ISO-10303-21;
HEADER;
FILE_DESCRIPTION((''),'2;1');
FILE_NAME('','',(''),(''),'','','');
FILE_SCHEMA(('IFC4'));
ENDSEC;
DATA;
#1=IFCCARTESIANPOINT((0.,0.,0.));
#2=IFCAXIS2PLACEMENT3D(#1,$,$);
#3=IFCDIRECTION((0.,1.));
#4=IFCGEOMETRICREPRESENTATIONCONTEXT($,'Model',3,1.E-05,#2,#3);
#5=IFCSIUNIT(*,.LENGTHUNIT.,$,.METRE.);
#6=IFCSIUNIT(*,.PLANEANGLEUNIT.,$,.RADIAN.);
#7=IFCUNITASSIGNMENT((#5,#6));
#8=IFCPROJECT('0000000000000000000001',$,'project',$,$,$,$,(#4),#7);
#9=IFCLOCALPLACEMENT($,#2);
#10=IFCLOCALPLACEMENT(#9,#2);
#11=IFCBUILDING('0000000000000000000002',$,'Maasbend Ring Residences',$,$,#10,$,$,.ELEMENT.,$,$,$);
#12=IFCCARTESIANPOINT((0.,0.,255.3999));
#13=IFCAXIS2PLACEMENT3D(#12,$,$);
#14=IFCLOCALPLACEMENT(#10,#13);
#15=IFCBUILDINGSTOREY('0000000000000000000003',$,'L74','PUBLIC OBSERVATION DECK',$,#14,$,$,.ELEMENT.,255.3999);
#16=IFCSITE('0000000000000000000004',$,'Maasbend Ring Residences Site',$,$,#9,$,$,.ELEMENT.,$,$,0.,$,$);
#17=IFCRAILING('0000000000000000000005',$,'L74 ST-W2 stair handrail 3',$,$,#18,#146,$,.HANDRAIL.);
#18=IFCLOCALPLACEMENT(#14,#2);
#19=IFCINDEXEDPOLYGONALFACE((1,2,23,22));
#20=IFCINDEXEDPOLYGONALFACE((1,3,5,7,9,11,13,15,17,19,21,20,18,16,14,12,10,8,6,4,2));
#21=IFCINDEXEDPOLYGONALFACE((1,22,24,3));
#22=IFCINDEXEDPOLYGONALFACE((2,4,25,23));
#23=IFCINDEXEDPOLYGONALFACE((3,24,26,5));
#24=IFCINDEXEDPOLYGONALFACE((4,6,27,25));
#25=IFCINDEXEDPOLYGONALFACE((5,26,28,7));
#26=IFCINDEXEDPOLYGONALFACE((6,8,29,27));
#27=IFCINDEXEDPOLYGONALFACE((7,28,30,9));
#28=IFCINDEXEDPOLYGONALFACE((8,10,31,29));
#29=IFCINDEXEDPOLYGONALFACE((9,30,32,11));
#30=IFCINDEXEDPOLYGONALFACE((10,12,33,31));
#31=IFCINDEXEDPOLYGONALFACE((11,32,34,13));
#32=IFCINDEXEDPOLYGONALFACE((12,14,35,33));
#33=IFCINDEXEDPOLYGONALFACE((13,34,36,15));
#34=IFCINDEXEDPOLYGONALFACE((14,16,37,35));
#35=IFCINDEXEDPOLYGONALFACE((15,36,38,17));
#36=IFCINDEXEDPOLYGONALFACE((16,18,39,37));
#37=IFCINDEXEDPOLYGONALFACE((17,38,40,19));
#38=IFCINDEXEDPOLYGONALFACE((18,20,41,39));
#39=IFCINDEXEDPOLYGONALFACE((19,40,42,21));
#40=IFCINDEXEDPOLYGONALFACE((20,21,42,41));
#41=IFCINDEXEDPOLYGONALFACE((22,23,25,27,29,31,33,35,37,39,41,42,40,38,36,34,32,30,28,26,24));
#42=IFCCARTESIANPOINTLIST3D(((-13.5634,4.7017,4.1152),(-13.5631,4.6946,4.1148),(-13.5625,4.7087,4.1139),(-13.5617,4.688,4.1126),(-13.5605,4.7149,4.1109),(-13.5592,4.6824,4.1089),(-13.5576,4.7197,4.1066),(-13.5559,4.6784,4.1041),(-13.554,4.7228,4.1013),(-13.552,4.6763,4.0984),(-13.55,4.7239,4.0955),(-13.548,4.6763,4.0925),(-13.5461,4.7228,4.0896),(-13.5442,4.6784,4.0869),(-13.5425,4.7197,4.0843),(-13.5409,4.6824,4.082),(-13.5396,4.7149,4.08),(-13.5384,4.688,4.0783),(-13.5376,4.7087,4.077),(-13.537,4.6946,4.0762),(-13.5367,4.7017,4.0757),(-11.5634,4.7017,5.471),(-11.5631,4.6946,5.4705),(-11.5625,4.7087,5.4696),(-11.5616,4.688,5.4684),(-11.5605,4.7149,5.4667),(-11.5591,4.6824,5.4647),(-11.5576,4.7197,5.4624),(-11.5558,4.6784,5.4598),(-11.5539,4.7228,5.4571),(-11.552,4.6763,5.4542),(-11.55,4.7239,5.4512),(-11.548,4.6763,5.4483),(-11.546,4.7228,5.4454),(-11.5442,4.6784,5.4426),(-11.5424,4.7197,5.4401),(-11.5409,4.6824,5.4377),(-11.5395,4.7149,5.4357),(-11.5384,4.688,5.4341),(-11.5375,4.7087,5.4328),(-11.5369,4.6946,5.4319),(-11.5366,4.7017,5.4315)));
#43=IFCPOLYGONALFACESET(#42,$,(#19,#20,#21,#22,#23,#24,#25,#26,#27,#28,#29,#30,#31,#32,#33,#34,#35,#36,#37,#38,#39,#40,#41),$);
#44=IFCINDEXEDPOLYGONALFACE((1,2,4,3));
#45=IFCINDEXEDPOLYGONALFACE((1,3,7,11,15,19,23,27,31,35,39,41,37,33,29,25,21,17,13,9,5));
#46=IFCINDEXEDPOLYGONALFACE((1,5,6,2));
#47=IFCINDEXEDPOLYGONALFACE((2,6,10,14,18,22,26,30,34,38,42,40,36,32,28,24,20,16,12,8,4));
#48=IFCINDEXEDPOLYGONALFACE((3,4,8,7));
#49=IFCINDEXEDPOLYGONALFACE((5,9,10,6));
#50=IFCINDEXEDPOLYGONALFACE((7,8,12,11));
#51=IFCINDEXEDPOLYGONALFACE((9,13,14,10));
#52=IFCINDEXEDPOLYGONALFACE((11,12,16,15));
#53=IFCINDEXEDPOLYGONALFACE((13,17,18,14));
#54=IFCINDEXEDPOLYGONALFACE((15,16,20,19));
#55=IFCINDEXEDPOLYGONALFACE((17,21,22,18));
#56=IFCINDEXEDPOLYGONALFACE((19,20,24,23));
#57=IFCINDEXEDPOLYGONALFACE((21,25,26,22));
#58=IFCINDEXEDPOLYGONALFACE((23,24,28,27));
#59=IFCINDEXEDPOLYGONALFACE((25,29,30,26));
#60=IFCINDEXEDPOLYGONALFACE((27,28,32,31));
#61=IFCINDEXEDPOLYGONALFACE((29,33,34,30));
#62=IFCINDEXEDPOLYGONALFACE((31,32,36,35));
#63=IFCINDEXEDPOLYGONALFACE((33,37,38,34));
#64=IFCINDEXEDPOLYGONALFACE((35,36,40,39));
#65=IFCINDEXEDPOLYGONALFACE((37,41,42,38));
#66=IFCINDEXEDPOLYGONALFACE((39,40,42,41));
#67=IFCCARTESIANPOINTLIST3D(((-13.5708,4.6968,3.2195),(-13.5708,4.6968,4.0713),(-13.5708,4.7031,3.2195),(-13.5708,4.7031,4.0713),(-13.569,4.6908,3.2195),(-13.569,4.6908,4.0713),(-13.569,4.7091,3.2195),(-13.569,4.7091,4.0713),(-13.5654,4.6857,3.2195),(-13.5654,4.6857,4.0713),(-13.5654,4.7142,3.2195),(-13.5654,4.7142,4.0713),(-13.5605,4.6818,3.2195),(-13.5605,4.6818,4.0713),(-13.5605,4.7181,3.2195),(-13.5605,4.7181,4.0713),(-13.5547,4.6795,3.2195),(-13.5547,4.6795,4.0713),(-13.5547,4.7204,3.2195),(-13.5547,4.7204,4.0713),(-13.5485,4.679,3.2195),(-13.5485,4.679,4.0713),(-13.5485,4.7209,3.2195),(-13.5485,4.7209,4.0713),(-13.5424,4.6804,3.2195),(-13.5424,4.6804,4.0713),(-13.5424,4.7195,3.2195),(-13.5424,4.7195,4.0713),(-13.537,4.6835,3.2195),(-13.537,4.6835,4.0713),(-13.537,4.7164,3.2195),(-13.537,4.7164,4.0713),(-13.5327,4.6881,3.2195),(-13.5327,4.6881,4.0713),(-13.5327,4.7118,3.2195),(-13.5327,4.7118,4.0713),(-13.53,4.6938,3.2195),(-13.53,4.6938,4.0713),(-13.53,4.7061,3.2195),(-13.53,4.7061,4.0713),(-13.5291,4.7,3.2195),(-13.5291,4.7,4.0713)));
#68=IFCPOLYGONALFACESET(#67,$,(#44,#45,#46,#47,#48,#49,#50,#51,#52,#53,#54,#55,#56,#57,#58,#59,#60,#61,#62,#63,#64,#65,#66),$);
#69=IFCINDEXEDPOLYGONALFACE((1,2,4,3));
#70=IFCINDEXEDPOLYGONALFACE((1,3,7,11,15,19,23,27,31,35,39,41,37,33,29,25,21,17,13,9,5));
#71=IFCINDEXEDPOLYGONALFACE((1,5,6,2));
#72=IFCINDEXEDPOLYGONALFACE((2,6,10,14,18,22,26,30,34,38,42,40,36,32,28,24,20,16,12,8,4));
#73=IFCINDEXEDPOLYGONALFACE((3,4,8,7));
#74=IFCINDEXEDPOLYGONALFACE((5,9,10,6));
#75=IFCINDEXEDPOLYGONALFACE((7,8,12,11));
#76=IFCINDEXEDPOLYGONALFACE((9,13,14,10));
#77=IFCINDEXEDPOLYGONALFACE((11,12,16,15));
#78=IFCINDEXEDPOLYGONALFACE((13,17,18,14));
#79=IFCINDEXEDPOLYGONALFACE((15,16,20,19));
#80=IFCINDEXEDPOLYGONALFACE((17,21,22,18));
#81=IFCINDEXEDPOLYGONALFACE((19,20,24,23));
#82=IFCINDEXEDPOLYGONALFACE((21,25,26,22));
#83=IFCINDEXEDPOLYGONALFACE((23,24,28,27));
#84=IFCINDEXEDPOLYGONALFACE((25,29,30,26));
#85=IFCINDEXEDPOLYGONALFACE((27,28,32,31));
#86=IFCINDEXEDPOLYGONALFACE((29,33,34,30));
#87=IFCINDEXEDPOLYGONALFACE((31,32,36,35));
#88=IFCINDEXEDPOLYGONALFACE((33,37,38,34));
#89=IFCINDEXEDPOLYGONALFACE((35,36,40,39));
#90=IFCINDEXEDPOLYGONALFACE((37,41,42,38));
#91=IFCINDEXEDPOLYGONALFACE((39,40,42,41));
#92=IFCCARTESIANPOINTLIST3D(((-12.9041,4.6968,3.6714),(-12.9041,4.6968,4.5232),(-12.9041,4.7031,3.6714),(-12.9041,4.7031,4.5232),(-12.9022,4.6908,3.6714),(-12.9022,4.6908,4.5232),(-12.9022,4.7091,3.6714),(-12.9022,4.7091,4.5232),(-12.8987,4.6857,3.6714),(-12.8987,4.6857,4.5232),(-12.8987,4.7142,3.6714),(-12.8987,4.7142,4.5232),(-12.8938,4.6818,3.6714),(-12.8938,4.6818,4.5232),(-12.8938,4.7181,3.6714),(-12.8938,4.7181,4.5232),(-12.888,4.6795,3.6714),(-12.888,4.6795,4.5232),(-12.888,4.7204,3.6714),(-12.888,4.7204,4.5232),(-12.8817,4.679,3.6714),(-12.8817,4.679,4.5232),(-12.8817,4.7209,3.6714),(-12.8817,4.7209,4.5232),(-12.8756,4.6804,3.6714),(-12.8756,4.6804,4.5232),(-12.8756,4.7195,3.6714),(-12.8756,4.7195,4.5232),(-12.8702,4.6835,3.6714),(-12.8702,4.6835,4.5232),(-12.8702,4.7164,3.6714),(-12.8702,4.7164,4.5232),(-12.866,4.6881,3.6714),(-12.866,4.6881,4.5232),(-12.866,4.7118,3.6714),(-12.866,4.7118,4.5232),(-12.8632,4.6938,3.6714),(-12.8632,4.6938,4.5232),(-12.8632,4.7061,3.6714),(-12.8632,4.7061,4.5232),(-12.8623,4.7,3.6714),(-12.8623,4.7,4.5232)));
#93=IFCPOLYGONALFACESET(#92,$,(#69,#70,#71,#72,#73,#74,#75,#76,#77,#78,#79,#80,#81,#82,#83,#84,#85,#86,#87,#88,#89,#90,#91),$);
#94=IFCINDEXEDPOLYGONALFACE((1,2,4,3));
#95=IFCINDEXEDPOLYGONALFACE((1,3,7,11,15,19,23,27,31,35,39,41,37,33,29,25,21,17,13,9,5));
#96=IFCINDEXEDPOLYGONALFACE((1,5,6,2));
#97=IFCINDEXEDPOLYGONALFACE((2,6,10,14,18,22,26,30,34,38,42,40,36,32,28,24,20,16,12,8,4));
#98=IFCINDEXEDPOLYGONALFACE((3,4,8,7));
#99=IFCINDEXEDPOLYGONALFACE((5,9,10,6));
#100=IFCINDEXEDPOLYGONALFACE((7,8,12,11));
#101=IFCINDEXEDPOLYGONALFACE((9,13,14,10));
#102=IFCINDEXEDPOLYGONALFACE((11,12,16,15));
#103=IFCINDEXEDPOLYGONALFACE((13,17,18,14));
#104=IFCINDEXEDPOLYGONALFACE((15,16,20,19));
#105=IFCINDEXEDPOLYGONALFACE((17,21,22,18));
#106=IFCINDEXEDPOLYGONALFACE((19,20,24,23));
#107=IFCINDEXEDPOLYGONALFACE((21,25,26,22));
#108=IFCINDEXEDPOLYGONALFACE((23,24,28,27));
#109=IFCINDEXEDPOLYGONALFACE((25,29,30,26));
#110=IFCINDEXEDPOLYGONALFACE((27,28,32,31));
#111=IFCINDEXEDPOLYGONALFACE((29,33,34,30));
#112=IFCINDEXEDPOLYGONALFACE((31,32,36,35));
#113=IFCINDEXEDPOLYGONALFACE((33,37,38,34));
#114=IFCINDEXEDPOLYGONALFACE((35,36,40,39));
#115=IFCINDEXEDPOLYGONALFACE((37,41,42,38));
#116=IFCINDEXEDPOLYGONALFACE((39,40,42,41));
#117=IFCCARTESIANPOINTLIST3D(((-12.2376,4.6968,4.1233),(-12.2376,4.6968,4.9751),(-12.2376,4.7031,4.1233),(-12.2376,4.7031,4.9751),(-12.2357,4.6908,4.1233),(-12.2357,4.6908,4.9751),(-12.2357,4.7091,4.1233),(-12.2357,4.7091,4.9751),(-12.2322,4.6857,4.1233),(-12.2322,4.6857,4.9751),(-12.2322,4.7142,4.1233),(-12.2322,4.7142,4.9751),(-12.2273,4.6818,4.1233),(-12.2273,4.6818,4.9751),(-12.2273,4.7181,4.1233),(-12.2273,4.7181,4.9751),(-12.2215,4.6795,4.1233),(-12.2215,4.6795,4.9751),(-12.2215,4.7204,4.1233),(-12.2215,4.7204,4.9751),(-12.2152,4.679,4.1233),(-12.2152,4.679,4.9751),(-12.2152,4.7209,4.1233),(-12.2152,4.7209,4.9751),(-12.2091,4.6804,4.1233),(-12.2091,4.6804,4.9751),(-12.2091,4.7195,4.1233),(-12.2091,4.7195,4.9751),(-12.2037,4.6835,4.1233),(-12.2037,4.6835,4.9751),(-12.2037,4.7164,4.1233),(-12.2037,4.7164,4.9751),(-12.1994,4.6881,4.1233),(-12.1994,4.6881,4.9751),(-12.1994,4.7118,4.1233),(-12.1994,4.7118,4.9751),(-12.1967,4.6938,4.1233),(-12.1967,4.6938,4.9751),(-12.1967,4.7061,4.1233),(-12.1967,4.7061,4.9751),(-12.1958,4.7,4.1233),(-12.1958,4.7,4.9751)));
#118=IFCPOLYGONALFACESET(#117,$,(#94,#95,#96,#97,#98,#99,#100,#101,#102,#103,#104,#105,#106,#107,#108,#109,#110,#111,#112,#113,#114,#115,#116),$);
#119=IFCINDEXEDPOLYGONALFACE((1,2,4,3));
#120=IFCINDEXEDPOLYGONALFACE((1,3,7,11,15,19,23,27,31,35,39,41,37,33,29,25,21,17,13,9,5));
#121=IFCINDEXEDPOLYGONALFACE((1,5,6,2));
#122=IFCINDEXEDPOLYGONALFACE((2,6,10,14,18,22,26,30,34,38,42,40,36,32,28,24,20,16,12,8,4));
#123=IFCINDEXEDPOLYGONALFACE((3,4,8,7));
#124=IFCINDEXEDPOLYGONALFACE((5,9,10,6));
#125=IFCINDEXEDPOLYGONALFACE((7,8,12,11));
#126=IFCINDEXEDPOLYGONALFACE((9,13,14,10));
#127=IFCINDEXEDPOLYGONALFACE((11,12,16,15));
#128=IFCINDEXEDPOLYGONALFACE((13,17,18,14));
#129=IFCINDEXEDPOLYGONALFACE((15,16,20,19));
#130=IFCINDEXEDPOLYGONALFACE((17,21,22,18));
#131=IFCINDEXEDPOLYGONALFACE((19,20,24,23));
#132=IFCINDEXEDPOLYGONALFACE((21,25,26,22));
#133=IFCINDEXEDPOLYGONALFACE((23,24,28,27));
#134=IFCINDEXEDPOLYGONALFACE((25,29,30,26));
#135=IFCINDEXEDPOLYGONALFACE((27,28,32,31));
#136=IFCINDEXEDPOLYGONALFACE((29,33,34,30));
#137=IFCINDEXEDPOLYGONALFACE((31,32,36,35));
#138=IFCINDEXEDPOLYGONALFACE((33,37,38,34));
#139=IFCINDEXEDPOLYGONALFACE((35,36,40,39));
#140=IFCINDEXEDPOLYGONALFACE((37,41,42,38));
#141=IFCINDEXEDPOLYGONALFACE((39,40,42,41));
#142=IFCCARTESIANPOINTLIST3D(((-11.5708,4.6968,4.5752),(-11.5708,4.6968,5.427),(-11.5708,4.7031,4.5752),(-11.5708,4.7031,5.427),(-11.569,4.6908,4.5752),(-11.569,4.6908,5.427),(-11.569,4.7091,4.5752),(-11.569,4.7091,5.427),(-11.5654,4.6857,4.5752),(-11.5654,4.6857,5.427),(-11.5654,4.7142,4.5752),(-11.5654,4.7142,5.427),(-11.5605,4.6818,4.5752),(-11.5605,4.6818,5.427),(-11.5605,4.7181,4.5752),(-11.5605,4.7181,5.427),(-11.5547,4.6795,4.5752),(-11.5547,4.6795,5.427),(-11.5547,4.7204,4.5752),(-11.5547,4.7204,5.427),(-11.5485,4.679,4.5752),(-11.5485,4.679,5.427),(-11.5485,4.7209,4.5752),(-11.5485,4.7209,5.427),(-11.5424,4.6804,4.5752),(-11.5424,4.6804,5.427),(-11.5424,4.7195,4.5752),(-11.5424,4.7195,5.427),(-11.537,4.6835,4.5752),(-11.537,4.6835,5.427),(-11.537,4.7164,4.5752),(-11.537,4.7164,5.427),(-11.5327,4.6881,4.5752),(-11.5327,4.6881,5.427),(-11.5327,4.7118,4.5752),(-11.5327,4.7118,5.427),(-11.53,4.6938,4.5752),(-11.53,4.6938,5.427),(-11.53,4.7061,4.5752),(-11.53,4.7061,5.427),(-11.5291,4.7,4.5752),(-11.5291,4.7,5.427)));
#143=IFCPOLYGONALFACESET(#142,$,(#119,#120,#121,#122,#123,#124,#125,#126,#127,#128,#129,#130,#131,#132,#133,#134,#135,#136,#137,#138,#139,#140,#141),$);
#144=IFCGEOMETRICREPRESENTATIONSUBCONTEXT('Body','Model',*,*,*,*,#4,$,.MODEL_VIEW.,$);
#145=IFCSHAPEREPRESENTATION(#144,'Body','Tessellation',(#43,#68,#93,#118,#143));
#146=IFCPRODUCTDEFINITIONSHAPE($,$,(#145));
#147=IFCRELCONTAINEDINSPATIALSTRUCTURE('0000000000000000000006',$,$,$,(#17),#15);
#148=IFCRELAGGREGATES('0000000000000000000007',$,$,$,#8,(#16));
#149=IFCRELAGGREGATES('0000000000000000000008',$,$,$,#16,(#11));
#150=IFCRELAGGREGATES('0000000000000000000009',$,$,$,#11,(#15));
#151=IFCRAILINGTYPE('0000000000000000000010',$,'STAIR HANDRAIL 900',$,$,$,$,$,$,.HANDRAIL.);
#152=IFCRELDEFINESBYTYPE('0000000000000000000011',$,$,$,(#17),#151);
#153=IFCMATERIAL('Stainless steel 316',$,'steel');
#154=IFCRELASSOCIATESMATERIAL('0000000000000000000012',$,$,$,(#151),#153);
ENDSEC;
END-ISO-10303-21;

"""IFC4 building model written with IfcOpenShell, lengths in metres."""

from ifc_helpers import new_model, si_unit, direction, frame, origin, origin_2d, place, context, subcontext, project, spatial, circle, extrude, material, type_object, element, save


model = new_model("IFC4")

# Units and contexts
model_context = context("Model", 3, precision=1e-05, world=origin(), true_north=direction((0.0, 1.0)))
body_context = subcontext(model_context, "Body", "Model", "MODEL_VIEW")
ifc_project = project(units=[si_unit("LENGTHUNIT", "METRE"), si_unit("PLANEANGLEUNIT", "RADIAN")], contexts=[model_context])

# Site, building, storey
site_placement = place(None, origin())
site = spatial("IfcSite", under=ifc_project, at=site_placement, Name="Maasbend Ring Residences Site", CompositionType="ELEMENT", RefElevation=0.0)
building_placement = place(site_placement, origin())
building = spatial("IfcBuilding", under=site, at=building_placement, Name="Maasbend Ring Residences", CompositionType="ELEMENT")
storey_placement = place(building_placement, frame((0.0, 0.0, 255.3999)))
storey = spatial("IfcBuildingStorey", under=building, at=storey_placement, Name="L74", Description="PUBLIC OBSERVATION DECK", CompositionType="ELEMENT", Elevation=255.3999)

# Railing
ifc_material_1 = material(Name="Stainless steel 316", Category="steel")
railing_type_1 = type_object("IfcRailingType", Name="STAIR HANDRAIL 900", PredefinedType="HANDRAIL", material=ifc_material_1)
railing_1_placement = place(storey_placement, frame((-13.55, 4.7, 3.2195)))
element("IfcRailing", 1, at=railing_1_placement, inside=storey, type_object=railing_type_1, Name="L74 ST-W2 stair handrail 3", PredefinedType="HANDRAIL", context=body_context, shape_type="SweptSolid", body=[
    extrude(circle(Radius=0.0239, at=origin_2d()), frame((0.0, 0.0, 0.876), z_axis=(0.827751, 0.0, 0.561096), x_axis=(0.0, 1.0, 0.0)), (0.0, 0.0, 1.0), 2.4163),
    extrude(circle(Radius=0.021, at=origin_2d()), origin(), (0.0, 0.0, 1.0), 0.8518),
    extrude(circle(Radius=0.021, at=origin_2d()), frame((0.6667, 0.0, 0.4519)), (0.0, 0.0, 1.0), 0.8518),
    extrude(circle(Radius=0.021, at=origin_2d()), frame((1.3333, 0.0, 0.9038)), (0.0, 0.0, 1.0), 0.8518),
    extrude(circle(Radius=0.021, at=origin_2d()), frame((2.0, 0.0, 1.3557)), (0.0, 0.0, 1.0), 0.8518),
])

save(model, "model.ifc")
